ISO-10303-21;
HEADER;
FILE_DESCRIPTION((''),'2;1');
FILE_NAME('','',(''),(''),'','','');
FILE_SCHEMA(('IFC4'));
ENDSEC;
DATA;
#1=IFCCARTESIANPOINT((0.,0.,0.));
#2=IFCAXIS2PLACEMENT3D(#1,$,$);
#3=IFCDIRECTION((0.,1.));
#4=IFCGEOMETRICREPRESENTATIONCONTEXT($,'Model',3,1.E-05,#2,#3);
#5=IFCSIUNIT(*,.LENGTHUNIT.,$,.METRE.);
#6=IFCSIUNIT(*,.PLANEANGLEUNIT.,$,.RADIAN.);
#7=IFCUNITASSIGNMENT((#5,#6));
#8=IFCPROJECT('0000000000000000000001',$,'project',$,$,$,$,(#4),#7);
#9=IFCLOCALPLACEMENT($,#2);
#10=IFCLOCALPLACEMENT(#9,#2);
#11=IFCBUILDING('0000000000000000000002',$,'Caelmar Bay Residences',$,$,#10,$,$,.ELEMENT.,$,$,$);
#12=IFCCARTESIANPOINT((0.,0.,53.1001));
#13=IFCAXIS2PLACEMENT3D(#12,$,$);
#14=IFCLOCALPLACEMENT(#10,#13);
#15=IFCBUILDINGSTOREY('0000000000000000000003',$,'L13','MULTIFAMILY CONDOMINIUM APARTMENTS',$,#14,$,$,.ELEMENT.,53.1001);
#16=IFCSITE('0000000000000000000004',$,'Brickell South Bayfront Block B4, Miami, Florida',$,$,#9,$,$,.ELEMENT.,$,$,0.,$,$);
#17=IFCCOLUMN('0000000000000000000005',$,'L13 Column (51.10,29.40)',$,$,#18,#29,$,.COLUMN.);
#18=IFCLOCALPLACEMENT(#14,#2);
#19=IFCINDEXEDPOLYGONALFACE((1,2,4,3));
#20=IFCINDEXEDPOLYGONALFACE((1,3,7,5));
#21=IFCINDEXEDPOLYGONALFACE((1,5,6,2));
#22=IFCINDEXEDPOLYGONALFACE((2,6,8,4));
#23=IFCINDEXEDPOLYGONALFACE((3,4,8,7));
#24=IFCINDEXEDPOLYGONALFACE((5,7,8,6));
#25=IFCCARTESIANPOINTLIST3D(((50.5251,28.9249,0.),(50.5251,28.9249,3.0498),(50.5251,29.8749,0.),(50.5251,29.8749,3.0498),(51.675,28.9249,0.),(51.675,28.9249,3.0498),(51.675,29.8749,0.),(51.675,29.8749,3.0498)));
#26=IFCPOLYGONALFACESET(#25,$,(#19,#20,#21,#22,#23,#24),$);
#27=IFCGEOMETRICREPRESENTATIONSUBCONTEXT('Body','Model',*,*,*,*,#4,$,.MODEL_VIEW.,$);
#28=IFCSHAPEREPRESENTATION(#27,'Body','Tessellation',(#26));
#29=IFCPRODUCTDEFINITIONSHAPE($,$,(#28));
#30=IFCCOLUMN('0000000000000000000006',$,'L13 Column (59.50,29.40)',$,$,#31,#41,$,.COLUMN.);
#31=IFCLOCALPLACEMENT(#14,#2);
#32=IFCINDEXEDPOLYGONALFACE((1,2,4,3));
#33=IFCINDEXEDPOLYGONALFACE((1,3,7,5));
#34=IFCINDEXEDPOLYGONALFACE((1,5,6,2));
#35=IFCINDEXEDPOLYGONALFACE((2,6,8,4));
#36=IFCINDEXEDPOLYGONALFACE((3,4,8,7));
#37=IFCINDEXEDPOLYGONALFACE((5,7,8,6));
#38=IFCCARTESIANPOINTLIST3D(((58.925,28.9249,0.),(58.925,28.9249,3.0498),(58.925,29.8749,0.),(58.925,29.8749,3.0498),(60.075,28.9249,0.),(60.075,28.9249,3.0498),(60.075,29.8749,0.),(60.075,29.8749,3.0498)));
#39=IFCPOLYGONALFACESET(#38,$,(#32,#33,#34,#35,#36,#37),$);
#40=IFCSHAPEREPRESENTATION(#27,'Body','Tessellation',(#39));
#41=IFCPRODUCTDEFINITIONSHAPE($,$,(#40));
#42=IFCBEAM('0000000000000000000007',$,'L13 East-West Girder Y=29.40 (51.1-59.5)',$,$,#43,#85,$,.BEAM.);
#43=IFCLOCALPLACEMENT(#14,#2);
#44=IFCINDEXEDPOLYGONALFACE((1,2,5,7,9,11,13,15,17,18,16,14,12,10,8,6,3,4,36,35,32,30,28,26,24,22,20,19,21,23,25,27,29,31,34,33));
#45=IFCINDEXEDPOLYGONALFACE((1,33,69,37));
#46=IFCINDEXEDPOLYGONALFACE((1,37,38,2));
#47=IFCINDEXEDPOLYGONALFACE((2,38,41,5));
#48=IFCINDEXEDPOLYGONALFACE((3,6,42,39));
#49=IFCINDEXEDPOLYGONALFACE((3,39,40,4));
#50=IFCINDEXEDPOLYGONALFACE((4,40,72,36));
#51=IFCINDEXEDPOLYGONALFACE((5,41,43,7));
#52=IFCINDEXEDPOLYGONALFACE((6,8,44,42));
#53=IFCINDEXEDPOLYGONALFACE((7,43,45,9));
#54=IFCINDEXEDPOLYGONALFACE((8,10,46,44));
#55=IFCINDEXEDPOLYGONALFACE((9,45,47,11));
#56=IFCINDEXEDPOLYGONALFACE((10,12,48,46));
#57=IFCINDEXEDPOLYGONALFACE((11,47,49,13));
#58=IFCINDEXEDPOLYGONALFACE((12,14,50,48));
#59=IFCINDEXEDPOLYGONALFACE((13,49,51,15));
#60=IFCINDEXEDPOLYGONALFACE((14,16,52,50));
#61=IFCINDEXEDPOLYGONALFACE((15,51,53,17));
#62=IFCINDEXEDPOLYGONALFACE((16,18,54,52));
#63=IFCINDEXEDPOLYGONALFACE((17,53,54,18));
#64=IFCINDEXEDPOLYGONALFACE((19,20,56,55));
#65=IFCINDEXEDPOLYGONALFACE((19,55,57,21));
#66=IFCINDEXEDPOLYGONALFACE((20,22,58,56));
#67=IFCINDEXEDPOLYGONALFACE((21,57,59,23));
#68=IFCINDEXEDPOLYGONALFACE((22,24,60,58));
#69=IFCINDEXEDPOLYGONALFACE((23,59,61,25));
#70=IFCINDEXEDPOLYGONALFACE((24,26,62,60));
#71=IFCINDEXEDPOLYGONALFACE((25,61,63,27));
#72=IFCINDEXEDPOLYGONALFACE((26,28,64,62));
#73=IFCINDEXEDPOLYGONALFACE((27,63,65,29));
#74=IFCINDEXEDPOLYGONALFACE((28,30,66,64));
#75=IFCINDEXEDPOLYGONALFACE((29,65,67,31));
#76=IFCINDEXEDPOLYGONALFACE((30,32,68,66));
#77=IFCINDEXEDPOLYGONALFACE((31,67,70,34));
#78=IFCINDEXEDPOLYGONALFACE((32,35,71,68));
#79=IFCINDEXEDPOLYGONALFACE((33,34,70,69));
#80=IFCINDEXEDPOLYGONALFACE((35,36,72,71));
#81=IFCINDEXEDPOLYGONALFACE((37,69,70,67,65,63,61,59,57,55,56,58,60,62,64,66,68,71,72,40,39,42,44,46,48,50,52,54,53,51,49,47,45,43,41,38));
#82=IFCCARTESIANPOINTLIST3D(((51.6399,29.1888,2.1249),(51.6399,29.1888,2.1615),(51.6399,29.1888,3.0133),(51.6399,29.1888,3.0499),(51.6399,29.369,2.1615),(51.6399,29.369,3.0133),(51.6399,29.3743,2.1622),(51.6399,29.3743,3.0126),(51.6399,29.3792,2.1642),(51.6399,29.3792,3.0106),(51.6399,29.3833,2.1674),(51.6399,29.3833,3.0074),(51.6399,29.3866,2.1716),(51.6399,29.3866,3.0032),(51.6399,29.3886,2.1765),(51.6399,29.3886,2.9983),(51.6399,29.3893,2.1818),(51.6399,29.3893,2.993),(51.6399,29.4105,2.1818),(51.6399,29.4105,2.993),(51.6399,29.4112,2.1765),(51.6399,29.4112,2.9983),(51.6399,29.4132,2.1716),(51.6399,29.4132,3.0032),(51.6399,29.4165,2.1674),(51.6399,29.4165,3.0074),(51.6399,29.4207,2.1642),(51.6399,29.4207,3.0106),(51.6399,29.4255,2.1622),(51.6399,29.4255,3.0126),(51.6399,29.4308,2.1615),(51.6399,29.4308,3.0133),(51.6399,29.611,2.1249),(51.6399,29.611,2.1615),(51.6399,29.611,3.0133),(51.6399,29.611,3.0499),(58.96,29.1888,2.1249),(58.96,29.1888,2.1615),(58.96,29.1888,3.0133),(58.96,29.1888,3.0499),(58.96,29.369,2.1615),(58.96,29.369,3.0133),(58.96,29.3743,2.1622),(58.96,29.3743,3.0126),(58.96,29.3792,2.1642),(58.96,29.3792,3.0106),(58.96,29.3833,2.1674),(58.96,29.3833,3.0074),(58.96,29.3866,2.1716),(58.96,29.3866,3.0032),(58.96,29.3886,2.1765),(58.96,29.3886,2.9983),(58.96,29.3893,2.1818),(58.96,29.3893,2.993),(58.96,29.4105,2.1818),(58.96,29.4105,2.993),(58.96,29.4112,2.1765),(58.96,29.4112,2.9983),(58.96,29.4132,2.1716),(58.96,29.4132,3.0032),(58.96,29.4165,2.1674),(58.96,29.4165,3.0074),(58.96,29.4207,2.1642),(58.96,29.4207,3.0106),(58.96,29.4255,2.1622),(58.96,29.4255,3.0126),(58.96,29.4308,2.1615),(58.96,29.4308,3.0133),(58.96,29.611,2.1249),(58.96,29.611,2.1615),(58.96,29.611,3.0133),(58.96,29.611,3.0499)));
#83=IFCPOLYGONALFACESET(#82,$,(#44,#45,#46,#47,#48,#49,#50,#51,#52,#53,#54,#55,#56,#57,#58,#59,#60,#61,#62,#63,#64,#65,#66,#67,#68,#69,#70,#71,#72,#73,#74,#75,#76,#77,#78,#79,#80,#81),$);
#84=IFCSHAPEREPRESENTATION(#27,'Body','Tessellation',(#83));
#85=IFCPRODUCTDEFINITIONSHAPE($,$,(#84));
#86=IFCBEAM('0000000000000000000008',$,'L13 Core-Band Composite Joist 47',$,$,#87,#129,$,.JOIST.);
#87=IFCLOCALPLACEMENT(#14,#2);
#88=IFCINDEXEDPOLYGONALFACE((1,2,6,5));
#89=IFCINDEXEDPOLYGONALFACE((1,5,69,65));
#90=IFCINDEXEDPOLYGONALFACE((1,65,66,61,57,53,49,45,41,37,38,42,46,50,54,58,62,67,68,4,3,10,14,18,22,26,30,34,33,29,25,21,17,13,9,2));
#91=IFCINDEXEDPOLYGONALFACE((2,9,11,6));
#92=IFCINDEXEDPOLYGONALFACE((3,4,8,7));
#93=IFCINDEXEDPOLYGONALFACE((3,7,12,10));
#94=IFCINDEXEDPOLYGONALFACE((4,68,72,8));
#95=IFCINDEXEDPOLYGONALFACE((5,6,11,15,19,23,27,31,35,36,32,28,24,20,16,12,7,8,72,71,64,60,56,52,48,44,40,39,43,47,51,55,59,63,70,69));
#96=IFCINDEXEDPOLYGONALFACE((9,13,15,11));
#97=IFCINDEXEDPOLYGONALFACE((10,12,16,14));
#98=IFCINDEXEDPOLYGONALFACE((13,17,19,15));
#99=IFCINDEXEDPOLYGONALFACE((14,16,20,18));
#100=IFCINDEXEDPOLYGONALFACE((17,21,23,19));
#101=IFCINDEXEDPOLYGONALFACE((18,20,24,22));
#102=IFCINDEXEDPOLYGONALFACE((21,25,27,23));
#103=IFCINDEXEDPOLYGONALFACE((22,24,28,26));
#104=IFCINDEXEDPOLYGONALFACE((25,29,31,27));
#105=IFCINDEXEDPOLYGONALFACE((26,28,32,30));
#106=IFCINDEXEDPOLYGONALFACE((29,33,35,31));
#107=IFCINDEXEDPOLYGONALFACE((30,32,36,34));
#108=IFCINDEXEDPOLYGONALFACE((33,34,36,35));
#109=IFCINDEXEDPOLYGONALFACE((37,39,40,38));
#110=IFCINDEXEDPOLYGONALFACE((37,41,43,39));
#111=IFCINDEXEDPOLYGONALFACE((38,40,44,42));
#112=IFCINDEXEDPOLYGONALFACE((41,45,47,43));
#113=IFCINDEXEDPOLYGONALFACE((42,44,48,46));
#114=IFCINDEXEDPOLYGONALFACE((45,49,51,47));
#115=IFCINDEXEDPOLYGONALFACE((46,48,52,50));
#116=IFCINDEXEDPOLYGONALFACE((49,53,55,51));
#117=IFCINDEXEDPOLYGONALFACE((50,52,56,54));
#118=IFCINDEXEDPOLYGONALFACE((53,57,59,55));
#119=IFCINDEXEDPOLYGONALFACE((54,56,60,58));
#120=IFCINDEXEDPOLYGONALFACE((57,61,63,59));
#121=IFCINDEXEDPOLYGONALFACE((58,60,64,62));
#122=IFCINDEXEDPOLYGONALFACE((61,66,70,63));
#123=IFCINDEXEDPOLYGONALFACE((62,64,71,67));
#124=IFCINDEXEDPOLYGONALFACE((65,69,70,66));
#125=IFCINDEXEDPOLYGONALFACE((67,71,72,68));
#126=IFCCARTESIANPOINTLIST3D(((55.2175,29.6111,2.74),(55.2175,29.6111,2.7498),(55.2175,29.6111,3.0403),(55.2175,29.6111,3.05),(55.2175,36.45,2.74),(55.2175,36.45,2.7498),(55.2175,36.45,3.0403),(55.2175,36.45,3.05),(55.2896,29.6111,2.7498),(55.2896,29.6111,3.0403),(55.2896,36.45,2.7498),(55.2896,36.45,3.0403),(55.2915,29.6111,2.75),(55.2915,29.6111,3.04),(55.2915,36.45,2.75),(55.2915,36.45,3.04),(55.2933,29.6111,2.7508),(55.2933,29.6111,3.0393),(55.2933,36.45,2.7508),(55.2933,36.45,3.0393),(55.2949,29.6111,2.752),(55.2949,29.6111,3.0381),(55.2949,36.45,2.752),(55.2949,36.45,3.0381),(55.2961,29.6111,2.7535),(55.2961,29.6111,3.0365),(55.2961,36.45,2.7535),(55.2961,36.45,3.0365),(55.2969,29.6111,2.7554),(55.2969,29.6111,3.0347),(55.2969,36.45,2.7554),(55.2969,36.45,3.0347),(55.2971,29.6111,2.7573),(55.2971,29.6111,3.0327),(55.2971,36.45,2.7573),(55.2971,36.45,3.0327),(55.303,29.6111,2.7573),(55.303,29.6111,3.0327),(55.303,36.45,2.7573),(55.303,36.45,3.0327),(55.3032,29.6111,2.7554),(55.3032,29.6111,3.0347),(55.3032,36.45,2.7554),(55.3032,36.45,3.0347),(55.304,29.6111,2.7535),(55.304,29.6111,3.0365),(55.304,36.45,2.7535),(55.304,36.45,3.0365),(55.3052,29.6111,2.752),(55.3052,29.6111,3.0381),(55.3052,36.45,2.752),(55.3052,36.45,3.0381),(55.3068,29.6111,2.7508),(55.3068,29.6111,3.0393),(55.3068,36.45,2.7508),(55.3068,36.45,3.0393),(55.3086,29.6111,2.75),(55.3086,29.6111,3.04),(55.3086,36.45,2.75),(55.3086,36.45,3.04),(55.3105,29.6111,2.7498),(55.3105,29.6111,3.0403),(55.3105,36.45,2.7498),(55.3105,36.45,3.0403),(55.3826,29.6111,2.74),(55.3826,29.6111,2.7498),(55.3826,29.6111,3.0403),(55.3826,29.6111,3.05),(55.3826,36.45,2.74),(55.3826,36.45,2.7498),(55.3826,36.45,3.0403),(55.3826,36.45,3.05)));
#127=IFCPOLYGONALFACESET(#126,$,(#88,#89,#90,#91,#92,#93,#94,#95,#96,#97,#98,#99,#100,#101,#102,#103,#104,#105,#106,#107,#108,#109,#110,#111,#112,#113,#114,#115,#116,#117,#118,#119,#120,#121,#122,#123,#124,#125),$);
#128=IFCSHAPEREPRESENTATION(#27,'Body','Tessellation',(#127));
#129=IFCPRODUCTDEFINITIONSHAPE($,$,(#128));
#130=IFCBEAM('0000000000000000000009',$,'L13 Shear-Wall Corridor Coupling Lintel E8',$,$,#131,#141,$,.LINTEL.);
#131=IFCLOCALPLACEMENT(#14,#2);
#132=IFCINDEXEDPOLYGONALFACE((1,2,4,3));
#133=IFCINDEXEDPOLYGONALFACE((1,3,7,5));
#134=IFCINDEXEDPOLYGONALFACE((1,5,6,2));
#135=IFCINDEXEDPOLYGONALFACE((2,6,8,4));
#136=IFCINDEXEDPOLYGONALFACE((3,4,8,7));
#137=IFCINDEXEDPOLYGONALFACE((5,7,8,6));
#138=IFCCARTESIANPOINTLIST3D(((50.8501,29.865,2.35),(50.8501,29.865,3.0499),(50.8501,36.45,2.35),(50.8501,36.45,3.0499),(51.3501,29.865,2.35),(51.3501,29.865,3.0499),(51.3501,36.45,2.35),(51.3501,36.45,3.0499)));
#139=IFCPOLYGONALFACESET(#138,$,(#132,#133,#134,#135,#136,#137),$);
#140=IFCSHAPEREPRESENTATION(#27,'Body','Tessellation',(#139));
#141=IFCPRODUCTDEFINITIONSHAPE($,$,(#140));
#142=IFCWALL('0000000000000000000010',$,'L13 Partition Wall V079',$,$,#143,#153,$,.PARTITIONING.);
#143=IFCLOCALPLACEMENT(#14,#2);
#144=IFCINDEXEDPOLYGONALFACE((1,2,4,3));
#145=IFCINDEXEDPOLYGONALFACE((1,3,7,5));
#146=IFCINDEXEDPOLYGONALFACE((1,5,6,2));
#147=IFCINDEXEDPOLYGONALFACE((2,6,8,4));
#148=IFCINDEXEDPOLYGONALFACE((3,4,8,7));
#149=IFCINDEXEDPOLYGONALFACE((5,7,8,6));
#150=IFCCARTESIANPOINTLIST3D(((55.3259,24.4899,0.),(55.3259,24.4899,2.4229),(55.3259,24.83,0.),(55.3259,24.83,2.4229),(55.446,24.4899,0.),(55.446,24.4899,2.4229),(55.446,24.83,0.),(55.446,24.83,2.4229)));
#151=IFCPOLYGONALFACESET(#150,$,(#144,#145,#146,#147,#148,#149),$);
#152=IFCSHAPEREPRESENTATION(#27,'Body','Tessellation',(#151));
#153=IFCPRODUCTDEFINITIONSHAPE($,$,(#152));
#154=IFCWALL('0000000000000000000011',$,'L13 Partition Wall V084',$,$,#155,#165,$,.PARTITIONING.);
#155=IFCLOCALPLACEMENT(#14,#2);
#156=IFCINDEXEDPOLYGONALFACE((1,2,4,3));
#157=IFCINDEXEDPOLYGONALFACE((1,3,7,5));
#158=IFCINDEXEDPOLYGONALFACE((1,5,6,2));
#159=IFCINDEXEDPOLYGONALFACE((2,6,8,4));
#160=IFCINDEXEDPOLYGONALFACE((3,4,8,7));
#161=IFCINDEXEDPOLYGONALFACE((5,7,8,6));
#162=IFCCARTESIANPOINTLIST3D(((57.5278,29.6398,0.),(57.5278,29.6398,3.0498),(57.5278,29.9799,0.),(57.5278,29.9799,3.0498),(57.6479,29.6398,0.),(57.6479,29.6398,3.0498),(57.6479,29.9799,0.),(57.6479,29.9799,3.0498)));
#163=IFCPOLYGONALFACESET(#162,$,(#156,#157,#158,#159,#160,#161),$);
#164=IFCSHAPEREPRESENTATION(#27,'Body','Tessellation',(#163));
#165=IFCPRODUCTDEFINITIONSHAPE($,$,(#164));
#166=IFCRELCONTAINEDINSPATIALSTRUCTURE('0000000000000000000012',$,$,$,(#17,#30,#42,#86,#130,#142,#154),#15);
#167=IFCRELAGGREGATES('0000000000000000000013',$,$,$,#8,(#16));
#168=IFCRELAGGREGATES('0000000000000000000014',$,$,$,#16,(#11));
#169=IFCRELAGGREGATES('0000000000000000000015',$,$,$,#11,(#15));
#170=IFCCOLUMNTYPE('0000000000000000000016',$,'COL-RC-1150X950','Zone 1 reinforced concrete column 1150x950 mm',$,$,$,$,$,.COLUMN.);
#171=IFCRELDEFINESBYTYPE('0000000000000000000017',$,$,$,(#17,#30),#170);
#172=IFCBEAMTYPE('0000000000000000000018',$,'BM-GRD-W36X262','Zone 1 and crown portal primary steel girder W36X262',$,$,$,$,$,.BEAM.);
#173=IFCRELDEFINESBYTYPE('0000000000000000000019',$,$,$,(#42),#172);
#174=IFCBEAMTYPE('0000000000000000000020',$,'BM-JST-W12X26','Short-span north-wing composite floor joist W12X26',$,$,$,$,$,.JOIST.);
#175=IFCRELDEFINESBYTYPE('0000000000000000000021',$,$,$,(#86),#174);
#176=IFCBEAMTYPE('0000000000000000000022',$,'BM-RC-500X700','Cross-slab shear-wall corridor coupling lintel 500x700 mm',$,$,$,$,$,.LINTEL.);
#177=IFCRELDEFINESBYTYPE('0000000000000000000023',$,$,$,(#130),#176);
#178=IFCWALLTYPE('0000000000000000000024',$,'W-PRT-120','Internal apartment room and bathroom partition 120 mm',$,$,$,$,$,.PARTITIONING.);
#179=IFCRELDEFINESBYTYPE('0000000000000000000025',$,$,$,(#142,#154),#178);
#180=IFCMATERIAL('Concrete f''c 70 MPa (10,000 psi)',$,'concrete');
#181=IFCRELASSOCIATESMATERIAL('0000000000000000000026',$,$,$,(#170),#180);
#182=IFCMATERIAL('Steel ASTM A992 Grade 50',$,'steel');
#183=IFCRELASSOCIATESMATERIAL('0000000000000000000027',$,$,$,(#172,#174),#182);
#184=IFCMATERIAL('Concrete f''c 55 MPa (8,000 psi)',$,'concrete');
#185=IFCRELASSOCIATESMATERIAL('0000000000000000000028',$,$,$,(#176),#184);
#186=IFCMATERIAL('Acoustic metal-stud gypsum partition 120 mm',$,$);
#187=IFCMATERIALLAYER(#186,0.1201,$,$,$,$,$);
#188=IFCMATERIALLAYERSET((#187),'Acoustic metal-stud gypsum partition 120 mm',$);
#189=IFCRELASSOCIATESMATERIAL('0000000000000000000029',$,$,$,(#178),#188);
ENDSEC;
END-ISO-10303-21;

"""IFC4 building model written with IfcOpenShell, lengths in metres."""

from ifc_helpers import new_model, si_unit, direction, frame, frame_2d, origin, origin_2d, place, context, subcontext, project, spatial, rectangle, i_section, extrude, material, layer, layer_set, material_profile, profile_set, type_object, element, save


model = new_model("IFC4")

# Units and contexts
model_context = context("Model", 3, precision=1e-05, world=origin(), true_north=direction((0.0, 1.0)))
body_context = subcontext(model_context, "Body", "Model", "MODEL_VIEW")
ifc_project = project(units=[si_unit("LENGTHUNIT", "METRE"), si_unit("PLANEANGLEUNIT", "RADIAN")], contexts=[model_context])

# Site, building, storey
site_placement = place(None, origin())
site = spatial("IfcSite", under=ifc_project, at=site_placement, Name="Brickell South Bayfront Block B4, Miami, Florida", CompositionType="ELEMENT", RefElevation=0.0)
building_placement = place(site_placement, origin())
building = spatial("IfcBuilding", under=site, at=building_placement, Name="Caelmar Bay Residences", CompositionType="ELEMENT")
storey_placement = place(building_placement, frame((0.0, 0.0, 53.1001)))
storey = spatial("IfcBuildingStorey", under=building, at=storey_placement, Name="L13", Description="MULTIFAMILY CONDOMINIUM APARTMENTS", CompositionType="ELEMENT", Elevation=53.1001)

# Columns
ifc_material_1 = material(Name="Concrete f'c 70 MPa (10,000 psi)", Category="concrete")
ifc_material_profile_1 = material_profile(ifc_material_1, rectangle(XDim=1.1499, YDim=0.95, at=origin_2d()), Name="RC-COL-1150X950")
ifc_profile_set_1 = profile_set([ifc_material_profile_1], Name="Concrete f'c 70 MPa (10,000 psi)")
column_type = type_object("IfcColumnType", Name="COL-RC-1150X950", Description="Zone 1 reinforced concrete column 1150x950 mm", PredefinedType="COLUMN", material=ifc_profile_set_1)
for number, where, z_axis, x_axis, name in (
    (1, (51.1001, 29.3999, 0.0), (0.0, 0.0, 1.0), (1.0, 0.0, 0.0), "L13 Column (51.10,29.40)"),
    (2, (59.5, 29.3999, 0.0), (0.0, 0.0, 1.0), (1.0, 0.0, 0.0), "L13 Column (59.50,29.40)"),
):
    element("IfcColumn", number, at=place(storey_placement, frame(where, z_axis=z_axis, x_axis=x_axis)), inside=storey, type_object=column_type, Name=name, PredefinedType="COLUMN", context=body_context, shape_type="SweptSolid", body=[
        extrude(rectangle(XDim=1.1499, YDim=0.95, at=origin_2d()), origin(), (0.0, 0.0, 1.0), 3.0498),
    ])

# Beams
ifc_material_2 = material(Name="Steel ASTM A992 Grade 50", Category="steel")
ifc_material_profile_2 = material_profile(ifc_material_2, i_section(OverallWidth=0.4221, OverallDepth=0.925, WebThickness=0.0212, FlangeThickness=0.0366, FilletRadius=0.0203, at=origin_2d()), Name="W36X262")
ifc_profile_set_2 = profile_set([ifc_material_profile_2], Name="Steel ASTM A992 Grade 50")
beam_type_1 = type_object("IfcBeamType", Name="BM-GRD-W36X262", Description="Zone 1 and crown portal primary steel girder W36X262", PredefinedType="BEAM", material=ifc_profile_set_2)
beam_1_placement = place(storey_placement, frame((51.6399, 29.3999, 2.5874), z_axis=(1.0, 0.0, 0.0), x_axis=(0.0, 1.0, 0.0)))
element("IfcBeam", 3, at=beam_1_placement, inside=storey, type_object=beam_type_1, Name="L13 East-West Girder Y=29.40 (51.1-59.5)", PredefinedType="BEAM", context=body_context, shape_type="SweptSolid", body=[
    extrude(i_section(OverallWidth=0.4221, OverallDepth=0.925, WebThickness=0.0212, FlangeThickness=0.0366, FilletRadius=0.0203, at=origin_2d()), origin(), (0.0, 0.0, 1.0), 7.3201),
])
ifc_material_profile_3 = material_profile(ifc_material_2, i_section(OverallWidth=0.165, OverallDepth=0.3101, WebThickness=0.0059, FlangeThickness=0.0098, FilletRadius=0.0076, at=origin_2d()), Name="W12X26")
ifc_profile_set_3 = profile_set([ifc_material_profile_3], Name="Steel ASTM A992 Grade 50")
beam_type_2 = type_object("IfcBeamType", Name="BM-JST-W12X26", Description="Short-span north-wing composite floor joist W12X26", PredefinedType="JOIST", material=ifc_profile_set_3)
beam_2_placement = place(storey_placement, frame((55.3, 29.6111, 2.895), z_axis=(0.0, 1.0, 0.0), x_axis=(-1.0, 0.0, 0.0)))
element("IfcBeam", 4, at=beam_2_placement, inside=storey, type_object=beam_type_2, Name="L13 Core-Band Composite Joist 47", PredefinedType="JOIST", context=body_context, shape_type="SweptSolid", body=[
    extrude(i_section(OverallWidth=0.165, OverallDepth=0.3101, WebThickness=0.0059, FlangeThickness=0.0098, FilletRadius=0.0076, at=origin_2d()), origin(), (0.0, 0.0, 1.0), 6.8389),
])
ifc_material_3 = material(Name="Concrete f'c 55 MPa (8,000 psi)", Category="concrete")
ifc_material_profile_4 = material_profile(ifc_material_3, rectangle(XDim=0.5, YDim=0.7, at=origin_2d()), Name="RC-BM-500X700")
ifc_profile_set_4 = profile_set([ifc_material_profile_4], Name="Concrete f'c 55 MPa (8,000 psi)")
beam_type_3 = type_object("IfcBeamType", Name="BM-RC-500X700", Description="Cross-slab shear-wall corridor coupling lintel 500x700 mm", PredefinedType="LINTEL", material=ifc_profile_set_4)
beam_3_placement = place(storey_placement, frame((51.1001, 29.865, 2.7), z_axis=(0.0, 1.0, 0.0), x_axis=(-1.0, 0.0, 0.0)))
element("IfcBeam", 5, at=beam_3_placement, inside=storey, type_object=beam_type_3, Name="L13 Shear-Wall Corridor Coupling Lintel E8", PredefinedType="LINTEL", context=body_context, shape_type="SweptSolid", body=[
    extrude(rectangle(XDim=0.5, YDim=0.7, at=origin_2d()), origin(), (0.0, 0.0, 1.0), 6.585),
])

# Wall
ifc_material_4 = material(Name="Acoustic metal-stud gypsum partition 120 mm")
ifc_layer_1 = layer(ifc_material_4, 0.1201)
ifc_layer_set_1 = layer_set([ifc_layer_1], Name="Acoustic metal-stud gypsum partition 120 mm")
wall_type_1 = type_object("IfcWallType", Name="W-PRT-120", Description="Internal apartment room and bathroom partition 120 mm", PredefinedType="PARTITIONING", material=ifc_layer_set_1)
wall_1_placement = place(storey_placement, frame((55.386, 24.49, 0.0), z_axis=(0.0, 0.0, 1.0), x_axis=(0.0, 1.0, 0.0)))
element("IfcWall", 6, at=wall_1_placement, inside=storey, type_object=wall_type_1, Name="L13 Partition Wall V079", PredefinedType="PARTITIONING", context=body_context, shape_type="SweptSolid", body=[
    extrude(rectangle(XDim=0.3401, YDim=0.1201, at=frame_2d((0.1699, 0.0))), origin(), (0.0, 0.0, 1.0), 2.4229),
])

# Wall
wall_2_placement = place(storey_placement, frame((57.5879, 29.6399, 0.0), z_axis=(0.0, 0.0, 1.0), x_axis=(0.0, 1.0, 0.0)))
element("IfcWall", 7, at=wall_2_placement, inside=storey, type_object=wall_type_1, Name="L13 Partition Wall V084", PredefinedType="PARTITIONING", context=body_context, shape_type="SweptSolid", body=[
    extrude(rectangle(XDim=0.3401, YDim=0.1201, at=frame_2d((0.1699, 0.0))), origin(), (0.0, 0.0, 1.0), 3.0498),
])

save(model, "model.ifc")
